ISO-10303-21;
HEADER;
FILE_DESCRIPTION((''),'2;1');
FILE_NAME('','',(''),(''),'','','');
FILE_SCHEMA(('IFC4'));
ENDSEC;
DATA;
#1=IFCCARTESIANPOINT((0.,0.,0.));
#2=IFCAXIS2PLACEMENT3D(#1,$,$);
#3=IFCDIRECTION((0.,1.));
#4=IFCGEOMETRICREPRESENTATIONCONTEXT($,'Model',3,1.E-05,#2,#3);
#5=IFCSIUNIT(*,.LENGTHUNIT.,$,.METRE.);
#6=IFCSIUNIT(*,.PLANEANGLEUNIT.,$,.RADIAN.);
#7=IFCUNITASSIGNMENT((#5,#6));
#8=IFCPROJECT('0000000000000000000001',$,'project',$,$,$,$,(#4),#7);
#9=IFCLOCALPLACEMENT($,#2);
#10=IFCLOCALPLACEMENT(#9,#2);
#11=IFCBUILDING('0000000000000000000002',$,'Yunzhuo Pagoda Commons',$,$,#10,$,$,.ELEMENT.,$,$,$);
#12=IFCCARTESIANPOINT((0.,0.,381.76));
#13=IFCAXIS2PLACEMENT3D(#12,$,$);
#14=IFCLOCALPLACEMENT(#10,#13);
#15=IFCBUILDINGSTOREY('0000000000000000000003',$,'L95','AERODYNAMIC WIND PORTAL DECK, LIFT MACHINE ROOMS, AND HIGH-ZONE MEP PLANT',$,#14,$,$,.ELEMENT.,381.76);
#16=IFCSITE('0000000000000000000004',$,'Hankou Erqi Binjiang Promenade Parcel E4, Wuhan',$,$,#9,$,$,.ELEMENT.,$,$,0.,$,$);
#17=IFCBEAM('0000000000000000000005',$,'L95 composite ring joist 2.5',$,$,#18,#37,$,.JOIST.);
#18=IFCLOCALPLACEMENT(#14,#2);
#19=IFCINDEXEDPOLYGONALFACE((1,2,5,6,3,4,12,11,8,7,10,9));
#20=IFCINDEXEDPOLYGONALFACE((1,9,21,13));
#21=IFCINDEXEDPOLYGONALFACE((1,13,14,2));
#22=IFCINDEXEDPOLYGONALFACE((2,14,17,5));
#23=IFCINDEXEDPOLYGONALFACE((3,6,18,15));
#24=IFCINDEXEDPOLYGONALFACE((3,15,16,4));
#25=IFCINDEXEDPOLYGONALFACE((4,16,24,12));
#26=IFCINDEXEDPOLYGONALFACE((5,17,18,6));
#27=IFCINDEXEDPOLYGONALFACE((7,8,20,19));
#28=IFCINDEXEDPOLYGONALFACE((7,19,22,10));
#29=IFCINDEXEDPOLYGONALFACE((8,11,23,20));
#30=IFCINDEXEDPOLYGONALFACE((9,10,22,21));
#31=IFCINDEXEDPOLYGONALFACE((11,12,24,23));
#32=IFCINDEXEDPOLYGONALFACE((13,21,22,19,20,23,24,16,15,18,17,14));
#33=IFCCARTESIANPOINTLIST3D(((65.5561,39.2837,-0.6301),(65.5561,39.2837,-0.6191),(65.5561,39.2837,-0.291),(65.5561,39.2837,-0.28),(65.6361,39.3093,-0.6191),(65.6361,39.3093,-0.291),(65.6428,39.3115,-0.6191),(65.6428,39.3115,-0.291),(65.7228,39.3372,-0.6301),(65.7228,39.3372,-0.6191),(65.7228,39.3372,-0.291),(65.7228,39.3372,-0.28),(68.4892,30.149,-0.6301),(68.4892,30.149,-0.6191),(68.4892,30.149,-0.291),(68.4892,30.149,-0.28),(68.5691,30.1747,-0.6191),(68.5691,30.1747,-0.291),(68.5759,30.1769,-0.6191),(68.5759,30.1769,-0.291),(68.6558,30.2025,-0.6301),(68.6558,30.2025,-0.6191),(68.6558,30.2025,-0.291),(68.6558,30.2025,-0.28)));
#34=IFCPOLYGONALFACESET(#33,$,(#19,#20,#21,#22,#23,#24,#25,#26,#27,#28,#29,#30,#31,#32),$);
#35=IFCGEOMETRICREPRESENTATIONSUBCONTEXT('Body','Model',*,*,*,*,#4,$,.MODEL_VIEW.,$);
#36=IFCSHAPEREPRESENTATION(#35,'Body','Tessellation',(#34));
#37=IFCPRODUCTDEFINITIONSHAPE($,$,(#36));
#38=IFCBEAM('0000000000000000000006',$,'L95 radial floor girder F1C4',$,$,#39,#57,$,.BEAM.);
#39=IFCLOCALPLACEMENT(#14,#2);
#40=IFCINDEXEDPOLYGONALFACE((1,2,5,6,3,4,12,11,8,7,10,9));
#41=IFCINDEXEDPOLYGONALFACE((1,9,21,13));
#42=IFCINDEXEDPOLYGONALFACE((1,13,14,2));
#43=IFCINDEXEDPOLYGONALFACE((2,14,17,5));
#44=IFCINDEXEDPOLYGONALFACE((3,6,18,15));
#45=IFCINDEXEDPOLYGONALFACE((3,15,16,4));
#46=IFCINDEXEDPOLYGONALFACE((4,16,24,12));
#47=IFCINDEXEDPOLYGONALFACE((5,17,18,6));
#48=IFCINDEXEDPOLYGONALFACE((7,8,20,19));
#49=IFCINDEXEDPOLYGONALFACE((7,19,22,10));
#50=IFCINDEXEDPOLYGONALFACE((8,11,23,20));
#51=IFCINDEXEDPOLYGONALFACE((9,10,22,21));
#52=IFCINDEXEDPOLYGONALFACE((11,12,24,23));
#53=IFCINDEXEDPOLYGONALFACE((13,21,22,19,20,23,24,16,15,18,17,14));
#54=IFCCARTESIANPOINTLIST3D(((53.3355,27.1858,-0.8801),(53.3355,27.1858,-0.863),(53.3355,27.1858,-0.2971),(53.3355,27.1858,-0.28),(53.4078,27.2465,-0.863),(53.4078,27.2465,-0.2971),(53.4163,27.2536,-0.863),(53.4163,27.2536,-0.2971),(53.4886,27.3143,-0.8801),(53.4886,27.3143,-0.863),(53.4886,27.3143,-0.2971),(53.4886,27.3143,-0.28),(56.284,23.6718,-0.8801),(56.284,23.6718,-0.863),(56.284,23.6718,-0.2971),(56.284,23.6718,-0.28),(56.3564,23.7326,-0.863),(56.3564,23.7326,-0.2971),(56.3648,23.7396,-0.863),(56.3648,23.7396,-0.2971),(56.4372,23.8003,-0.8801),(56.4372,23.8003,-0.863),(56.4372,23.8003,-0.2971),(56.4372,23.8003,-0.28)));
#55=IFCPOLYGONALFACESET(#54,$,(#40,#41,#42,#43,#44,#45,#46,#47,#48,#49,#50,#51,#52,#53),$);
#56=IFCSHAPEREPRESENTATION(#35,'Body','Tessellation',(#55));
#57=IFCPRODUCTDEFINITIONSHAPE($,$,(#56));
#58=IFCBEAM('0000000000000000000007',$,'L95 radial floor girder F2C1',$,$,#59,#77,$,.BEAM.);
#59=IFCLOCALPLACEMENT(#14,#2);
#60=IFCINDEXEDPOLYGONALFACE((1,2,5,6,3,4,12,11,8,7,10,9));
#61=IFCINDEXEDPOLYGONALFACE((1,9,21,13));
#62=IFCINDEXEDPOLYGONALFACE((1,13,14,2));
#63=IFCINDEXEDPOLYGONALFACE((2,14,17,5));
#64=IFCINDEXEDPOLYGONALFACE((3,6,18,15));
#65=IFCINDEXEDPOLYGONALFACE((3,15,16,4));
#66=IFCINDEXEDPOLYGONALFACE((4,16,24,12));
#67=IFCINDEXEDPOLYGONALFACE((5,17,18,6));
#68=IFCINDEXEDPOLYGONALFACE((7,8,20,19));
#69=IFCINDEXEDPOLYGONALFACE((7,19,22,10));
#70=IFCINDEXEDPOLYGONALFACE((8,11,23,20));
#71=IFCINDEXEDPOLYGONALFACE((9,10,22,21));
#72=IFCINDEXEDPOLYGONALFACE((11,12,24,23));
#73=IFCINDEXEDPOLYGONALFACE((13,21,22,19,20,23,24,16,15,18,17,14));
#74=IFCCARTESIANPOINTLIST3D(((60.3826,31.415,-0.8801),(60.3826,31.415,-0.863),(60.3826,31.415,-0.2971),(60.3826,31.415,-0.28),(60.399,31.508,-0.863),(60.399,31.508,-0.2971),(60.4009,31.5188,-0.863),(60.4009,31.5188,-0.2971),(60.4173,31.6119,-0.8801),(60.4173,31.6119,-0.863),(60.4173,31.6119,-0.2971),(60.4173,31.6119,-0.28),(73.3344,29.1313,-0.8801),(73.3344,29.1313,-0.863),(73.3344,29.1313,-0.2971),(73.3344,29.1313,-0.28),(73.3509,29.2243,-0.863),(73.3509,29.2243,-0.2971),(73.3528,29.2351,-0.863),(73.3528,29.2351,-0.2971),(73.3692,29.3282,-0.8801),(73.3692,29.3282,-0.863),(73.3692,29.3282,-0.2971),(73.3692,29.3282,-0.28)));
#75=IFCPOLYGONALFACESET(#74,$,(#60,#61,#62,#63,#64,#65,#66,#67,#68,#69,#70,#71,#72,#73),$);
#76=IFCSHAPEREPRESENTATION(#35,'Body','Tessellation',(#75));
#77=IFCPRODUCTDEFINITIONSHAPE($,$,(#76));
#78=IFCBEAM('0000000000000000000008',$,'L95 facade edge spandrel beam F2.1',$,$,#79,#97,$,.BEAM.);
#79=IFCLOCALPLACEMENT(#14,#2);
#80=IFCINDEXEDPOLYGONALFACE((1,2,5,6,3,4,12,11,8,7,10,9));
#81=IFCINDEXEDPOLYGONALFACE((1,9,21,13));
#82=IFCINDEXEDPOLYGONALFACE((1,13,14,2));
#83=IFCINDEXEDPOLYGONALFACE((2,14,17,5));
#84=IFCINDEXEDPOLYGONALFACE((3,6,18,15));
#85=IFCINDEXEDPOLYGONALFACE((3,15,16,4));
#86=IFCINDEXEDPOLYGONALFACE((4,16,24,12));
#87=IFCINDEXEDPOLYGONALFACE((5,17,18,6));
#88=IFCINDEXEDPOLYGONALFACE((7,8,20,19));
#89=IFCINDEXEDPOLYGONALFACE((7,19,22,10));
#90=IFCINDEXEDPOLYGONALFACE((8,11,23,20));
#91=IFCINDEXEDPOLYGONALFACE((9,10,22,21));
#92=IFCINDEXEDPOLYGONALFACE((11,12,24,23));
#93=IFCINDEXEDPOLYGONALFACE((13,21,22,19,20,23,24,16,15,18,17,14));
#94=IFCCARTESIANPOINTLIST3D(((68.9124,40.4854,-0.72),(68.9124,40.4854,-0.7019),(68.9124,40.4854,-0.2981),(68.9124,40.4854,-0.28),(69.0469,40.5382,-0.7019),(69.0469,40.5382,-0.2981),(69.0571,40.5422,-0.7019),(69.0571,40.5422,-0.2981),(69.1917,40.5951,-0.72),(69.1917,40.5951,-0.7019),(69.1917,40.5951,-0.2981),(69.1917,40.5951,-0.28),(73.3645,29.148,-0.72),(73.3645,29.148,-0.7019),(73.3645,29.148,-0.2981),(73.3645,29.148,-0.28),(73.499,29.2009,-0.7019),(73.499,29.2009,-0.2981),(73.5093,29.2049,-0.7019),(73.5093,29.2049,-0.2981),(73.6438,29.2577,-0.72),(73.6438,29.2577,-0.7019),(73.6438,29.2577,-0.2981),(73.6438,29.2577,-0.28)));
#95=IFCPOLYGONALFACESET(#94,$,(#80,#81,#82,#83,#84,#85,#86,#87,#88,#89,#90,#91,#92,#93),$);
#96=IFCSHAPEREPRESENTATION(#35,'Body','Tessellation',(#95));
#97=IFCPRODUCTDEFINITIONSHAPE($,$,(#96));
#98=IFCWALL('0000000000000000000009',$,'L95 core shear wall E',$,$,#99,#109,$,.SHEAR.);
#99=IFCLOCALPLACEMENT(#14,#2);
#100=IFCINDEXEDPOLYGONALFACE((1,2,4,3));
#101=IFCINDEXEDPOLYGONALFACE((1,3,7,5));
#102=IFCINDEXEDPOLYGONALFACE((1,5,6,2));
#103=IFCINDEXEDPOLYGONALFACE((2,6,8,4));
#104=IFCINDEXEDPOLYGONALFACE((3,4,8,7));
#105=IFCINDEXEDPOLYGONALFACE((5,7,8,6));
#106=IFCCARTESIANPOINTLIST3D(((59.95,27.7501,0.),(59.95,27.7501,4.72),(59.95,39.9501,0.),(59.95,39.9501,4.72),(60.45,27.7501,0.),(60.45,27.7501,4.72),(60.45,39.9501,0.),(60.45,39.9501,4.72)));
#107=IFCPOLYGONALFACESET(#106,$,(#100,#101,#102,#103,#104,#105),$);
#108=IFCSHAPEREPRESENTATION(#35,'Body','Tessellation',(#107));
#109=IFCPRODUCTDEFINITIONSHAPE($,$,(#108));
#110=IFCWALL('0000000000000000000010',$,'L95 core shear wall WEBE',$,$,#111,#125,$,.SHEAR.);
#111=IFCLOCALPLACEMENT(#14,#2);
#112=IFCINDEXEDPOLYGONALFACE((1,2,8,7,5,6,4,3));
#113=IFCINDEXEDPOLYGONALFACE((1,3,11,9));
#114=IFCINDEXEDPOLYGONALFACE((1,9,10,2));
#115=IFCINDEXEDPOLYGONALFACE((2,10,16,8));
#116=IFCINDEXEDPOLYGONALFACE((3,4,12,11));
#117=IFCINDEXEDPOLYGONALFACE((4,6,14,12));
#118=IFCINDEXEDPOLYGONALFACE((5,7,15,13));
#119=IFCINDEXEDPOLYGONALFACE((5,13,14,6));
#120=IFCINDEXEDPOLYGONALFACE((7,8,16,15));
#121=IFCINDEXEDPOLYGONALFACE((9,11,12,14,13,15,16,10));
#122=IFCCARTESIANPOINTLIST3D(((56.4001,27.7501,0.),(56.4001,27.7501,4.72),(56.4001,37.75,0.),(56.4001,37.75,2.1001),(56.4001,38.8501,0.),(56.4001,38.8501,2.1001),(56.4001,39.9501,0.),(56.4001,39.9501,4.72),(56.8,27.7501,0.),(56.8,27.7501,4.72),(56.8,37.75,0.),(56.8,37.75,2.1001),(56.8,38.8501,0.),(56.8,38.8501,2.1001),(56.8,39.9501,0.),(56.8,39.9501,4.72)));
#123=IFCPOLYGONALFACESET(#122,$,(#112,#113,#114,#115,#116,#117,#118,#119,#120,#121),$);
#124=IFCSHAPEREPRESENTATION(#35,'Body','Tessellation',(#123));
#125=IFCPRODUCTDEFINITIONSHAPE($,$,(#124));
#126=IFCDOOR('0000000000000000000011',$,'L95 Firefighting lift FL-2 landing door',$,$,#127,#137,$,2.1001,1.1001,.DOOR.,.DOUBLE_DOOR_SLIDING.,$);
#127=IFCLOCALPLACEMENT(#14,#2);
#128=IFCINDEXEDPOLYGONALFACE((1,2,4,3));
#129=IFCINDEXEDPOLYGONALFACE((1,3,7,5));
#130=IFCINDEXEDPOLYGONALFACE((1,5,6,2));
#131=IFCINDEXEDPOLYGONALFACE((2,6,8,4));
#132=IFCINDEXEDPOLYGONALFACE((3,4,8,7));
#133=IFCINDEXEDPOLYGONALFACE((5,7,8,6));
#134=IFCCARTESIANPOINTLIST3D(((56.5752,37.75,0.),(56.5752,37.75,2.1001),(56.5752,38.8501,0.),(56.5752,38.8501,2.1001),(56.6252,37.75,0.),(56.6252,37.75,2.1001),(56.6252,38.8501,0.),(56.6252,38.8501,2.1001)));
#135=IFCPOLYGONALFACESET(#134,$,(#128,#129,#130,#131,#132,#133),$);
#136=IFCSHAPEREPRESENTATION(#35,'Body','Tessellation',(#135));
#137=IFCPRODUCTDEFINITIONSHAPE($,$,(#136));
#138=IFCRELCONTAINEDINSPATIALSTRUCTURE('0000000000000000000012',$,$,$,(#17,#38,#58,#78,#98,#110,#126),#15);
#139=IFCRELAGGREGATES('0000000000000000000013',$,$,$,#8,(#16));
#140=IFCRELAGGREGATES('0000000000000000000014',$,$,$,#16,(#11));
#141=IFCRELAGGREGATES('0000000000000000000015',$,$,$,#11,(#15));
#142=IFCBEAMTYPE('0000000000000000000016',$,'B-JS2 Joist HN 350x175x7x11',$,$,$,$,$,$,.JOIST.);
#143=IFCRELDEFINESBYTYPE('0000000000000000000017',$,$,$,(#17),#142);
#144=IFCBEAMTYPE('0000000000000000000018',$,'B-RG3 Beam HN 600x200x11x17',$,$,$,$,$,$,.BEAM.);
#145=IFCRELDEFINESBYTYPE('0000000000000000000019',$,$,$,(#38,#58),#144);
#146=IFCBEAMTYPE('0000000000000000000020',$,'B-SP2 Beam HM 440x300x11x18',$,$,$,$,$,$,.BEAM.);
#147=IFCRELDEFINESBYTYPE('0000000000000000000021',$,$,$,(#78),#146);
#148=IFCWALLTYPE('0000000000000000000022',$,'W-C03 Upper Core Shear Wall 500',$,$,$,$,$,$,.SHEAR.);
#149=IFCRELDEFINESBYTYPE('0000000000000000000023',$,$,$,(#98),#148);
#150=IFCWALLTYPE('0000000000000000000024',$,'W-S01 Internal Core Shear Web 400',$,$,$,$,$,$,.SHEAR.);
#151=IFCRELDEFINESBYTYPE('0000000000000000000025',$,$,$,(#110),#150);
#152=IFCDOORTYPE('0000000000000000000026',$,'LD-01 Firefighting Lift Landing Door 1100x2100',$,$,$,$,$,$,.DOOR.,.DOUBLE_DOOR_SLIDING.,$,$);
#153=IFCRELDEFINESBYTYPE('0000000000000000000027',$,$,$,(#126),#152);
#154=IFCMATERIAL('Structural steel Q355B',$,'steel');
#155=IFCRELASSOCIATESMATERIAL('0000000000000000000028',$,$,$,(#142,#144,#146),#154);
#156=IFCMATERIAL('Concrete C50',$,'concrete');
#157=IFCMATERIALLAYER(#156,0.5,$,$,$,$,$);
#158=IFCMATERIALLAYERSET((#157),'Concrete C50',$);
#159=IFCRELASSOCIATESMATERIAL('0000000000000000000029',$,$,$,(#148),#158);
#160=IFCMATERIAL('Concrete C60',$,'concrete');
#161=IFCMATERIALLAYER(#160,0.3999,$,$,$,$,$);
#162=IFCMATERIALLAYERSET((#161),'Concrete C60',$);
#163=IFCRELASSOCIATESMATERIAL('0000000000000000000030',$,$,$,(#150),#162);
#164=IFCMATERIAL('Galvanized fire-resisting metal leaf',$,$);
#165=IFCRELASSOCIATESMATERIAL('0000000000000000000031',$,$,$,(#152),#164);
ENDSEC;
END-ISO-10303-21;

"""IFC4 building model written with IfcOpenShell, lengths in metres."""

from ifc_helpers import new_model, si_unit, direction, frame, frame_2d, origin, origin_with_axes, origin_2d, place, context, subcontext, project, spatial, rectangle, i_section, extrude, source, transform, mapped, material, layer, layer_set, material_profile, profile_set, type_object, element, fill, save


model = new_model("IFC4")

# Units and contexts
model_context = context("Model", 3, precision=1e-05, world=origin(), true_north=direction((0.0, 1.0)))
body_context = subcontext(model_context, "Body", "Model", "MODEL_VIEW")
ifc_project = project(units=[si_unit("LENGTHUNIT", "METRE"), si_unit("PLANEANGLEUNIT", "RADIAN")], contexts=[model_context])

# Site, building, storey
site_placement = place(None, origin())
site = spatial("IfcSite", under=ifc_project, at=site_placement, Name="Hankou Erqi Binjiang Promenade Parcel E4, Wuhan", CompositionType="ELEMENT", RefElevation=0.0)
building_placement = place(site_placement, origin())
building = spatial("IfcBuilding", under=site, at=building_placement, Name="Yunzhuo Pagoda Commons", CompositionType="ELEMENT")
storey_placement = place(building_placement, frame((0.0, 0.0, 381.76)))
storey = spatial("IfcBuildingStorey", under=building, at=storey_placement, Name="L95", Description="AERODYNAMIC WIND PORTAL DECK, LIFT MACHINE ROOMS, AND HIGH-ZONE MEP PLANT", CompositionType="ELEMENT", Elevation=381.76)

# Shared definitions
ifc_material_1 = material(Name="Structural steel Q355B", Category="steel")

# Beams
ifc_material_profile_1 = material_profile(ifc_material_1, i_section(OverallWidth=0.175, OverallDepth=0.3501, WebThickness=0.0071, FlangeThickness=0.011, at=origin_2d()), Name="Structural steel Q355B")
ifc_profile_set_1 = profile_set([ifc_material_profile_1], Name="Structural steel Q355B")
beam_type_1 = type_object("IfcBeamType", Name="B-JS2 Joist HN 350x175x7x11", PredefinedType="JOIST", material=ifc_profile_set_1)
ifc_material_profile_2 = material_profile(ifc_material_1, i_section(OverallWidth=0.2, OverallDepth=0.6001, WebThickness=0.011, FlangeThickness=0.0171, at=origin_2d()), Name="Structural steel Q355B")
ifc_profile_set_2 = profile_set([ifc_material_profile_2], Name="Structural steel Q355B")
beam_type_2 = type_object("IfcBeamType", Name="B-RG3 Beam HN 600x200x11x17", PredefinedType="BEAM", material=ifc_profile_set_2)
shared_shape_1 = source(origin(), body_context, "Body", "SweptSolid", [
    extrude(i_section(OverallWidth=0.175, OverallDepth=0.3501, WebThickness=0.0071, FlangeThickness=0.011, at=origin_2d()), origin(), (0.0, 0.0, 1.0), 9.594),
])
beam_1_placement = place(storey_placement, frame((68.5725, 30.1758, -0.4551), z_axis=(-0.305719, 0.952122, 0.0), x_axis=(-0.952122, -0.305719, 0.0)))
element("IfcBeam", 1, at=beam_1_placement, inside=storey, type_object=beam_type_1, Name="L95 composite ring joist 2.5", PredefinedType="JOIST", context=body_context, shape_type="MappedRepresentation", body=[
    mapped(shared_shape_1, transform((0.0, 0.0, 0.0), scale=1.0)),
])
shared_shape_2 = source(origin(), body_context, "Body", "SweptSolid", [
    extrude(i_section(OverallWidth=0.2, OverallDepth=0.6001, WebThickness=0.011, FlangeThickness=0.0171, at=origin_2d()), origin(), (0.0, 0.0, 1.0), 4.5872),
])
beam_2_placement = place(storey_placement, frame((56.3606, 23.7361, -0.5801), z_axis=(-0.642783, 0.766049, 0.0), x_axis=(-0.766049, -0.642783, 0.0)))
element("IfcBeam", 2, at=beam_2_placement, inside=storey, type_object=beam_type_2, Name="L95 radial floor girder F1C4", PredefinedType="BEAM", context=body_context, shape_type="MappedRepresentation", body=[
    mapped(shared_shape_2, transform((0.0, 0.0, 0.0), scale=1.0)),
])
shared_shape_3 = source(origin(), body_context, "Body", "SweptSolid", [
    extrude(i_section(OverallWidth=0.2, OverallDepth=0.6001, WebThickness=0.011, FlangeThickness=0.0171, at=origin_2d()), origin(), (0.0, 0.0, 1.0), 13.1516),
])
beam_3_placement = place(storey_placement, frame((73.3518, 29.2297, -0.5801), z_axis=(-0.984809, 0.173642, 0.0), x_axis=(-0.173642, -0.984809, 0.0)))
element("IfcBeam", 3, at=beam_3_placement, inside=storey, type_object=beam_type_2, Name="L95 radial floor girder F2C1", PredefinedType="BEAM", context=body_context, shape_type="MappedRepresentation", body=[
    mapped(shared_shape_3, transform((0.0, 0.0, 0.0), scale=1.0)),
])
ifc_material_profile_3 = material_profile(ifc_material_1, i_section(OverallWidth=0.3, OverallDepth=0.4399, WebThickness=0.011, FlangeThickness=0.0181, at=origin_2d()), Name="Structural steel Q355B")
ifc_profile_set_3 = profile_set([ifc_material_profile_3], Name="Structural steel Q355B")
beam_type_3 = type_object("IfcBeamType", Name="B-SP2 Beam HM 440x300x11x18", PredefinedType="BEAM", material=ifc_profile_set_3)
shared_shape_4 = source(origin(), body_context, "Body", "SweptSolid", [
    extrude(i_section(OverallWidth=0.3, OverallDepth=0.4399, WebThickness=0.011, FlangeThickness=0.0181, at=origin_2d()), origin(), (0.0, 0.0, 1.0), 12.1802),
])
beam_4_placement = place(storey_placement, frame((73.5042, 29.2029, -0.5), z_axis=(-0.365522, 0.930803, 0.0), x_axis=(-0.930803, -0.365522, 0.0)))
element("IfcBeam", 4, at=beam_4_placement, inside=storey, type_object=beam_type_3, Name="L95 facade edge spandrel beam F2.1", PredefinedType="BEAM", context=body_context, shape_type="MappedRepresentation", body=[
    mapped(shared_shape_4, transform((0.0, 0.0, 0.0), scale=1.0)),
])

# Wall
ifc_material_2 = material(Name="Concrete C50", Category="concrete")
ifc_layer_1 = layer(ifc_material_2, 0.5)
ifc_layer_set_1 = layer_set([ifc_layer_1], Name="Concrete C50")
wall_type_1 = type_object("IfcWallType", Name="W-C03 Upper Core Shear Wall 500", PredefinedType="SHEAR", material=ifc_layer_set_1)
wall_1_placement = place(storey_placement, frame((60.2, 27.75, 0.0), z_axis=(0.0, 0.0, 1.0), x_axis=(0.0, 1.0, 0.0)))
element("IfcWall", 5, at=wall_1_placement, inside=storey, type_object=wall_type_1, Name="L95 core shear wall E", PredefinedType="SHEAR", context=body_context, shape_type="SweptSolid", body=[
    extrude(rectangle(XDim=12.2, YDim=0.5, at=frame_2d((6.1001, 0.0))), origin(), (0.0, 0.0, 1.0), 4.72),
])

# Wall, opening, door
ifc_material_3 = material(Name="Concrete C60", Category="concrete")
ifc_layer_2 = layer(ifc_material_3, 0.3999)
ifc_layer_set_2 = layer_set([ifc_layer_2], Name="Concrete C60")
wall_type_2 = type_object("IfcWallType", Name="W-S01 Internal Core Shear Web 400", PredefinedType="SHEAR", material=ifc_layer_set_2)
wall_2_placement = place(storey_placement, frame((56.6001, 27.75, 0.0), z_axis=(0.0, 0.0, 1.0), x_axis=(0.0, 1.0, 0.0)))
wall_2 = element("IfcWall", 6, at=wall_2_placement, inside=storey, type_object=wall_type_2, Name="L95 core shear wall WEBE", PredefinedType="SHEAR", context=body_context, shape_type="SweptSolid", body=[
    extrude(rectangle(XDim=12.2, YDim=0.3999, at=frame_2d((6.1001, 0.0))), origin(), (0.0, 0.0, 1.0), 4.72),
])
opening_placement = place(wall_2_placement, frame((10.0, 0.0, 0.0)))
opening = element("IfcOpeningElement", 7, at=opening_placement, cuts=wall_2, PredefinedType="OPENING", context=body_context, shape_type="SweptSolid", body=[
    extrude(rectangle(XDim=1.1001, YDim=2.1001, at=frame_2d((0.55, 1.05))), frame((0.0, 0.21, 0.0), z_axis=(0.0, -1.0, 0.0), x_axis=(1.0, 0.0, 0.0)), (0.0, 0.0, 1.0), 0.4199),
])
ifc_material_4 = material(Name="Galvanized fire-resisting metal leaf")
door_type = type_object("IfcDoorType", Name="LD-01 Firefighting Lift Landing Door 1100x2100", OperationType="DOUBLE_DOOR_SLIDING", PredefinedType="DOOR", material=ifc_material_4)
shared_shape_5 = source(origin(), body_context, "Body", "SweptSolid", [
    extrude(rectangle(XDim=1.1001, YDim=2.1001, at=frame_2d((0.55, 1.05))), frame((0.0, 0.0249, 0.0), z_axis=(0.0, -1.0, 0.0), x_axis=(1.0, 0.0, 0.0)), (0.0, 0.0, 1.0), 0.05),
])
door_placement = place(opening_placement, origin_with_axes())
door = element("IfcDoor", 8, at=door_placement, inside=storey, type_object=door_type, Name="L95 Firefighting lift FL-2 landing door", OperationType="DOUBLE_DOOR_SLIDING", OverallHeight=2.1001, OverallWidth=1.1001, PredefinedType="DOOR", context=body_context, shape_type="MappedRepresentation", body=[
    mapped(shared_shape_5, transform((0.0, 0.0, 0.0), scale=1.0)),
])
fill(opening, door)

save(model, "model.ifc")
